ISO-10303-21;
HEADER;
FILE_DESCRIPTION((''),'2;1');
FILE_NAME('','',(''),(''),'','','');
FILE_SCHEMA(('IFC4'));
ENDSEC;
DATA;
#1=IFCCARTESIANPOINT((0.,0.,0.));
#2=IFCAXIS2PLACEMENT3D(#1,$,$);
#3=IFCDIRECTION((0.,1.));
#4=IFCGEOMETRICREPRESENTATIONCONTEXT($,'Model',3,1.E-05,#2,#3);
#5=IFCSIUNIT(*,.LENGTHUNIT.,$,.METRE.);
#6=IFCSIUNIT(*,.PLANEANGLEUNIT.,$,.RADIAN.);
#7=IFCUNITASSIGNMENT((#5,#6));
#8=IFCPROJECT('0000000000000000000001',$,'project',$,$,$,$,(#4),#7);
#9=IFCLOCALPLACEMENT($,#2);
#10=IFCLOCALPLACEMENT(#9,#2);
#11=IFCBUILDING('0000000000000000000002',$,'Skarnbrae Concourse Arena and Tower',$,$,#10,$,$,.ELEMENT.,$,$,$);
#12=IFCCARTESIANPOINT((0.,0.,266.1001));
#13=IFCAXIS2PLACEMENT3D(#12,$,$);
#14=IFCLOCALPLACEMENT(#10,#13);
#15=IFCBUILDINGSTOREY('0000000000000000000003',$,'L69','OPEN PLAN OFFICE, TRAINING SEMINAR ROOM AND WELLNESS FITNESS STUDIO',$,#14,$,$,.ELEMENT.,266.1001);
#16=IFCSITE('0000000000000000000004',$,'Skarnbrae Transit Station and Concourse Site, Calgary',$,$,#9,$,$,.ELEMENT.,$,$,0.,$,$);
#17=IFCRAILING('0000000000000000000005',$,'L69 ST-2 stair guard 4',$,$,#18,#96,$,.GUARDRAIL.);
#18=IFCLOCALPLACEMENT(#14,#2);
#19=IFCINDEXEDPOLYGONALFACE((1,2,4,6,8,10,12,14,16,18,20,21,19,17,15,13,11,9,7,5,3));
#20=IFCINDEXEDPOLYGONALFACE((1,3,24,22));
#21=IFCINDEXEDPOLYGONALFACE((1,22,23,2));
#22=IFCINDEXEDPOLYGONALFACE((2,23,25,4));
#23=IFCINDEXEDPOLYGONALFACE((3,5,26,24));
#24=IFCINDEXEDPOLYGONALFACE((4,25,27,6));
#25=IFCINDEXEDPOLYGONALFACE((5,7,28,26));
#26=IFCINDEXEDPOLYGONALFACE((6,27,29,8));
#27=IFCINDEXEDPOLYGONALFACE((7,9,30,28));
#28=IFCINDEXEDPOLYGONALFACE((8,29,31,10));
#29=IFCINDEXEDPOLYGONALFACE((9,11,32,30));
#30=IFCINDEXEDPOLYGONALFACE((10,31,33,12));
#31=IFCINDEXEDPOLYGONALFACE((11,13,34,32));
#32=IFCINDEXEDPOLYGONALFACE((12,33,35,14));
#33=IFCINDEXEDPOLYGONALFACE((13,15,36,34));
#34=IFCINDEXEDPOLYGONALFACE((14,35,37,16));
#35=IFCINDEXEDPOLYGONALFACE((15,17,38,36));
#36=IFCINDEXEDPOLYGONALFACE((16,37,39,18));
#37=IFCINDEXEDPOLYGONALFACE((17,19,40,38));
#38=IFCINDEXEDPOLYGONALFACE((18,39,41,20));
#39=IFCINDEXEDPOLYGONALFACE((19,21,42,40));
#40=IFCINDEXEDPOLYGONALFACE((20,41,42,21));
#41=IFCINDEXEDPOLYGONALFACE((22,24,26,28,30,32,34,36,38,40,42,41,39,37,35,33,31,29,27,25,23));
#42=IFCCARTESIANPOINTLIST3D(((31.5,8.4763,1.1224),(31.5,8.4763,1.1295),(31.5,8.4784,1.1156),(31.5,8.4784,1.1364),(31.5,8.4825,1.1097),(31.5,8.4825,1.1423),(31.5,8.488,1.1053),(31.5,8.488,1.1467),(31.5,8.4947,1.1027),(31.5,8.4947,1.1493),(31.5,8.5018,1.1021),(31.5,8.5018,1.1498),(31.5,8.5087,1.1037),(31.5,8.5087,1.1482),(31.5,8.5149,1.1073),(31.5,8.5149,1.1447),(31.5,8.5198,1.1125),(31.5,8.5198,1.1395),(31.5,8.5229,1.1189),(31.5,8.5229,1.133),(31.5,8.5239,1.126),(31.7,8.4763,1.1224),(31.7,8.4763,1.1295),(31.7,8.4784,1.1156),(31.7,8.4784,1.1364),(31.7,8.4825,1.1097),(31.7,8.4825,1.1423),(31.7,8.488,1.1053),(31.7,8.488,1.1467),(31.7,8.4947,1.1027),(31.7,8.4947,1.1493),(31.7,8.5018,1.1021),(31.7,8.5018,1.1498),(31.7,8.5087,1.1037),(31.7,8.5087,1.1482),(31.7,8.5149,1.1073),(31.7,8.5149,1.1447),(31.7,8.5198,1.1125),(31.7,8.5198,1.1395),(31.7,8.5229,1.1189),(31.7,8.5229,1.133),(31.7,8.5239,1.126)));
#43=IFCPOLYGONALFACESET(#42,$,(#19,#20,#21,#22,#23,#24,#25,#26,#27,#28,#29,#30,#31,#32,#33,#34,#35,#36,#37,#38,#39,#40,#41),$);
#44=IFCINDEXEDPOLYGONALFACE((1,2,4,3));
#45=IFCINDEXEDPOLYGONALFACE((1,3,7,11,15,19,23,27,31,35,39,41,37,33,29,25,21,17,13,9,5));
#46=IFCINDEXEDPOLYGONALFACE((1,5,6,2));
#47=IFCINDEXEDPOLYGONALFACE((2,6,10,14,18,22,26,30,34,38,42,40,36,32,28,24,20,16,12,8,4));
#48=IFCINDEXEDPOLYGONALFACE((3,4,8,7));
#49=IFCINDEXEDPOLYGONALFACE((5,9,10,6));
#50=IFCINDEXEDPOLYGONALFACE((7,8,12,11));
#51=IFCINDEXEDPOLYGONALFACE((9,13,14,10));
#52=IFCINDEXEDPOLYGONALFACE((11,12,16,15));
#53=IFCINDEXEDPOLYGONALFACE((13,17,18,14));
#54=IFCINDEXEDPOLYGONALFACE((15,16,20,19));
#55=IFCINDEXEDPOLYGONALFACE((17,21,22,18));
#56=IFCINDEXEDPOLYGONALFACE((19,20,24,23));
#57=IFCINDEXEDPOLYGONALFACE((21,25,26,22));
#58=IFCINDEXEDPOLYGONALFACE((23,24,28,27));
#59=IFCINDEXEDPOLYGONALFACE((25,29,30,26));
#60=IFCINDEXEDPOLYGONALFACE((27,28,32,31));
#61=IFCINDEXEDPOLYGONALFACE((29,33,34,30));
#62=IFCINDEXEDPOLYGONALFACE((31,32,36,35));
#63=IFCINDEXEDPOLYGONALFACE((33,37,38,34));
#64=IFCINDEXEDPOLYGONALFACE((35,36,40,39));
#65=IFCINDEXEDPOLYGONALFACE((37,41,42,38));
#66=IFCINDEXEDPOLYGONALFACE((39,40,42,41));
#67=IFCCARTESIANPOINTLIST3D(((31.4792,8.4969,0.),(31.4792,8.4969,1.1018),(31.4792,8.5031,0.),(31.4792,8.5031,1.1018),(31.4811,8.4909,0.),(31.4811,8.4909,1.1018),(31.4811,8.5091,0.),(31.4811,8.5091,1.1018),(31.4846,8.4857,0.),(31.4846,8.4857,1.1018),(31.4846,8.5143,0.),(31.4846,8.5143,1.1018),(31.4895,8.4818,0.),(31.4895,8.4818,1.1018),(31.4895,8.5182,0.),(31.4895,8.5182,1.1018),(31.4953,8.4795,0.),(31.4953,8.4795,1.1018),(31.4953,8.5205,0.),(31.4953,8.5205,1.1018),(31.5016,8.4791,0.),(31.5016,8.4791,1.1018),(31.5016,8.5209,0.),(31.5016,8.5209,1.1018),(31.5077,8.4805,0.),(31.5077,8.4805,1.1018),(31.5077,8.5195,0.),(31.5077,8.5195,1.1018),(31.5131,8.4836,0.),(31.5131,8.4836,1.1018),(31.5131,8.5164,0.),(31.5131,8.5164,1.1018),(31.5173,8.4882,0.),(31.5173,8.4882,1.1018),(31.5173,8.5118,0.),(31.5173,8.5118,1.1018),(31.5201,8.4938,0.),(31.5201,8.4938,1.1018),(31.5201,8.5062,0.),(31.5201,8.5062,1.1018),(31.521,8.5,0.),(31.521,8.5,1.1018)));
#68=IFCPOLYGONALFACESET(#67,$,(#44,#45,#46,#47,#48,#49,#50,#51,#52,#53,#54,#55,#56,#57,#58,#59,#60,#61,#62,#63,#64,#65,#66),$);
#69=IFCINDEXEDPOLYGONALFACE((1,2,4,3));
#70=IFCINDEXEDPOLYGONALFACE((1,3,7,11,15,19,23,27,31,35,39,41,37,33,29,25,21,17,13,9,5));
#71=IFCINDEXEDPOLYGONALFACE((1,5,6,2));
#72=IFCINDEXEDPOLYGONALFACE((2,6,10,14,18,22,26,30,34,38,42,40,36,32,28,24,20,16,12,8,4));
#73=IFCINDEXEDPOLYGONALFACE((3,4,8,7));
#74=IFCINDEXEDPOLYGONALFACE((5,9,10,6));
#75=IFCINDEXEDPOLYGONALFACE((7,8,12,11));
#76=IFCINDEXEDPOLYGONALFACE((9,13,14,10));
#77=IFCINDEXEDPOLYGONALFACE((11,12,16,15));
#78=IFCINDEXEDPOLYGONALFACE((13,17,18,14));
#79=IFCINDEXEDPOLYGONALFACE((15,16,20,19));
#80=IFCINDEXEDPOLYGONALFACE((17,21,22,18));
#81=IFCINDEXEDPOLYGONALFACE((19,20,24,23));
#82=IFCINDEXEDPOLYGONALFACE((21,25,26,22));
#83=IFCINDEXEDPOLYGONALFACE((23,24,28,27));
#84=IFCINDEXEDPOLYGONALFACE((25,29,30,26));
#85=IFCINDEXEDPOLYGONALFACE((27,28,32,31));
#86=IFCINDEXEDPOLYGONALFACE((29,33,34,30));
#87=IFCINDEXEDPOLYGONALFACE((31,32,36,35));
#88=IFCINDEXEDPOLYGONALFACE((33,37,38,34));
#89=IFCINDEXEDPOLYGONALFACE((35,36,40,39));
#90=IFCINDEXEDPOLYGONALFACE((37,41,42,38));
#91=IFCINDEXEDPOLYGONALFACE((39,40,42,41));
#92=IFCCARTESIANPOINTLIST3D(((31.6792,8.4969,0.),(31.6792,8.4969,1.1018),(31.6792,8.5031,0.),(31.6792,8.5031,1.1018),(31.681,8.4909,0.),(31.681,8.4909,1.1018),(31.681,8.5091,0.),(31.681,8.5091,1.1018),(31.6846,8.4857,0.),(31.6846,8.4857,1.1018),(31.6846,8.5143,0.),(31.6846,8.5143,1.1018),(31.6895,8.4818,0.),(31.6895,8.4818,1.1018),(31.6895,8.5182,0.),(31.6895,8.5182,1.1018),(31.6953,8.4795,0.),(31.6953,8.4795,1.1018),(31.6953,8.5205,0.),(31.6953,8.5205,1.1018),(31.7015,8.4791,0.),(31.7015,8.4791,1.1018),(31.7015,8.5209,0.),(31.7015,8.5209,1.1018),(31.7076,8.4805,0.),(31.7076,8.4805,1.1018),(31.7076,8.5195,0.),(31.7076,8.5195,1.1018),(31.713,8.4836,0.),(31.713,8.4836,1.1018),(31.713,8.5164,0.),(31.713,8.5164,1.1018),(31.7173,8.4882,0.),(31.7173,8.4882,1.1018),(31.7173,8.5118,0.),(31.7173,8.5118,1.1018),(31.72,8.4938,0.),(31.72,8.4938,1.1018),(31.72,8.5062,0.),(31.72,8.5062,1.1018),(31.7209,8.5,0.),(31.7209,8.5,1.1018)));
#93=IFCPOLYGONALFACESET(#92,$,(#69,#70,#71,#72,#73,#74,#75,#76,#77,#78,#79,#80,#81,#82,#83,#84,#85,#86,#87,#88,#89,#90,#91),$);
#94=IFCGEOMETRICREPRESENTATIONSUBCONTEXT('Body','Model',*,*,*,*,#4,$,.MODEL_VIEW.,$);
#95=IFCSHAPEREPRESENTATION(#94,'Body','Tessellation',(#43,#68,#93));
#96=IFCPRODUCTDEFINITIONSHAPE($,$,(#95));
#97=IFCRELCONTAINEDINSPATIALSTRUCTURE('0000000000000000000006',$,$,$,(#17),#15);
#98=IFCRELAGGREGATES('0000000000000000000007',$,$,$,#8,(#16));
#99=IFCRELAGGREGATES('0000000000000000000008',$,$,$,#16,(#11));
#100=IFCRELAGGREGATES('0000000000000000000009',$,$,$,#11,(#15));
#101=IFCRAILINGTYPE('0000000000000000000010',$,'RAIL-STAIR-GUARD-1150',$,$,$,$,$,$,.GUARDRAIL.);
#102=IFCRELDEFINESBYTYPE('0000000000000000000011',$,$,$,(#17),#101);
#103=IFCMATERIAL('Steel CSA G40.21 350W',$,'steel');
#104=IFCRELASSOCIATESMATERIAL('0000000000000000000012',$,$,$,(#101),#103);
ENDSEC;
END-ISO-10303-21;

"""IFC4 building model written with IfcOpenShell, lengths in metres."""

from ifc_helpers import new_model, si_unit, direction, frame, origin, origin_2d, place, context, subcontext, project, spatial, circle, extrude, material, type_object, element, save


model = new_model("IFC4")

# Units and contexts
model_context = context("Model", 3, precision=1e-05, world=origin(), true_north=direction((0.0, 1.0)))
body_context = subcontext(model_context, "Body", "Model", "MODEL_VIEW")
ifc_project = project(units=[si_unit("LENGTHUNIT", "METRE"), si_unit("PLANEANGLEUNIT", "RADIAN")], contexts=[model_context])

# Site, building, storey
site_placement = place(None, origin())
site = spatial("IfcSite", under=ifc_project, at=site_placement, Name="Skarnbrae Transit Station and Concourse Site, Calgary", CompositionType="ELEMENT", RefElevation=0.0)
building_placement = place(site_placement, origin())
building = spatial("IfcBuilding", under=site, at=building_placement, Name="Skarnbrae Concourse Arena and Tower", CompositionType="ELEMENT")
storey_placement = place(building_placement, frame((0.0, 0.0, 266.1001)))
storey = spatial("IfcBuildingStorey", under=building, at=storey_placement, Name="L69", Description="OPEN PLAN OFFICE, TRAINING SEMINAR ROOM AND WELLNESS FITNESS STUDIO", CompositionType="ELEMENT", Elevation=266.1001)

# Shared definitions
ifc_material_1 = material(Name="Steel CSA G40.21 350W", Category="steel")

# Railing
railing_type = type_object("IfcRailingType", Name="RAIL-STAIR-GUARD-1150", PredefinedType="GUARDRAIL", material=ifc_material_1)
railing_1_placement = place(storey_placement, frame((31.5, 8.5, 0.0)))
element("IfcRailing", 1, at=railing_1_placement, inside=storey, type_object=railing_type, Name="L69 ST-2 stair guard 4", PredefinedType="GUARDRAIL", context=body_context, shape_type="SweptSolid", body=[
    extrude(circle(Radius=0.0239, at=origin_2d()), frame((0.0, 0.0, 1.126), z_axis=(1.0, 0.0, 0.0), x_axis=(0.0, 1.0, 0.0)), (0.0, 0.0, 1.0), 0.2),
    extrude(circle(Radius=0.021, at=origin_2d()), origin(), (0.0, 0.0, 1.0), 1.1018),
    extrude(circle(Radius=0.021, at=origin_2d()), frame((0.2, 0.0, 0.0)), (0.0, 0.0, 1.0), 1.1018),
])

save(model, "model.ifc")
